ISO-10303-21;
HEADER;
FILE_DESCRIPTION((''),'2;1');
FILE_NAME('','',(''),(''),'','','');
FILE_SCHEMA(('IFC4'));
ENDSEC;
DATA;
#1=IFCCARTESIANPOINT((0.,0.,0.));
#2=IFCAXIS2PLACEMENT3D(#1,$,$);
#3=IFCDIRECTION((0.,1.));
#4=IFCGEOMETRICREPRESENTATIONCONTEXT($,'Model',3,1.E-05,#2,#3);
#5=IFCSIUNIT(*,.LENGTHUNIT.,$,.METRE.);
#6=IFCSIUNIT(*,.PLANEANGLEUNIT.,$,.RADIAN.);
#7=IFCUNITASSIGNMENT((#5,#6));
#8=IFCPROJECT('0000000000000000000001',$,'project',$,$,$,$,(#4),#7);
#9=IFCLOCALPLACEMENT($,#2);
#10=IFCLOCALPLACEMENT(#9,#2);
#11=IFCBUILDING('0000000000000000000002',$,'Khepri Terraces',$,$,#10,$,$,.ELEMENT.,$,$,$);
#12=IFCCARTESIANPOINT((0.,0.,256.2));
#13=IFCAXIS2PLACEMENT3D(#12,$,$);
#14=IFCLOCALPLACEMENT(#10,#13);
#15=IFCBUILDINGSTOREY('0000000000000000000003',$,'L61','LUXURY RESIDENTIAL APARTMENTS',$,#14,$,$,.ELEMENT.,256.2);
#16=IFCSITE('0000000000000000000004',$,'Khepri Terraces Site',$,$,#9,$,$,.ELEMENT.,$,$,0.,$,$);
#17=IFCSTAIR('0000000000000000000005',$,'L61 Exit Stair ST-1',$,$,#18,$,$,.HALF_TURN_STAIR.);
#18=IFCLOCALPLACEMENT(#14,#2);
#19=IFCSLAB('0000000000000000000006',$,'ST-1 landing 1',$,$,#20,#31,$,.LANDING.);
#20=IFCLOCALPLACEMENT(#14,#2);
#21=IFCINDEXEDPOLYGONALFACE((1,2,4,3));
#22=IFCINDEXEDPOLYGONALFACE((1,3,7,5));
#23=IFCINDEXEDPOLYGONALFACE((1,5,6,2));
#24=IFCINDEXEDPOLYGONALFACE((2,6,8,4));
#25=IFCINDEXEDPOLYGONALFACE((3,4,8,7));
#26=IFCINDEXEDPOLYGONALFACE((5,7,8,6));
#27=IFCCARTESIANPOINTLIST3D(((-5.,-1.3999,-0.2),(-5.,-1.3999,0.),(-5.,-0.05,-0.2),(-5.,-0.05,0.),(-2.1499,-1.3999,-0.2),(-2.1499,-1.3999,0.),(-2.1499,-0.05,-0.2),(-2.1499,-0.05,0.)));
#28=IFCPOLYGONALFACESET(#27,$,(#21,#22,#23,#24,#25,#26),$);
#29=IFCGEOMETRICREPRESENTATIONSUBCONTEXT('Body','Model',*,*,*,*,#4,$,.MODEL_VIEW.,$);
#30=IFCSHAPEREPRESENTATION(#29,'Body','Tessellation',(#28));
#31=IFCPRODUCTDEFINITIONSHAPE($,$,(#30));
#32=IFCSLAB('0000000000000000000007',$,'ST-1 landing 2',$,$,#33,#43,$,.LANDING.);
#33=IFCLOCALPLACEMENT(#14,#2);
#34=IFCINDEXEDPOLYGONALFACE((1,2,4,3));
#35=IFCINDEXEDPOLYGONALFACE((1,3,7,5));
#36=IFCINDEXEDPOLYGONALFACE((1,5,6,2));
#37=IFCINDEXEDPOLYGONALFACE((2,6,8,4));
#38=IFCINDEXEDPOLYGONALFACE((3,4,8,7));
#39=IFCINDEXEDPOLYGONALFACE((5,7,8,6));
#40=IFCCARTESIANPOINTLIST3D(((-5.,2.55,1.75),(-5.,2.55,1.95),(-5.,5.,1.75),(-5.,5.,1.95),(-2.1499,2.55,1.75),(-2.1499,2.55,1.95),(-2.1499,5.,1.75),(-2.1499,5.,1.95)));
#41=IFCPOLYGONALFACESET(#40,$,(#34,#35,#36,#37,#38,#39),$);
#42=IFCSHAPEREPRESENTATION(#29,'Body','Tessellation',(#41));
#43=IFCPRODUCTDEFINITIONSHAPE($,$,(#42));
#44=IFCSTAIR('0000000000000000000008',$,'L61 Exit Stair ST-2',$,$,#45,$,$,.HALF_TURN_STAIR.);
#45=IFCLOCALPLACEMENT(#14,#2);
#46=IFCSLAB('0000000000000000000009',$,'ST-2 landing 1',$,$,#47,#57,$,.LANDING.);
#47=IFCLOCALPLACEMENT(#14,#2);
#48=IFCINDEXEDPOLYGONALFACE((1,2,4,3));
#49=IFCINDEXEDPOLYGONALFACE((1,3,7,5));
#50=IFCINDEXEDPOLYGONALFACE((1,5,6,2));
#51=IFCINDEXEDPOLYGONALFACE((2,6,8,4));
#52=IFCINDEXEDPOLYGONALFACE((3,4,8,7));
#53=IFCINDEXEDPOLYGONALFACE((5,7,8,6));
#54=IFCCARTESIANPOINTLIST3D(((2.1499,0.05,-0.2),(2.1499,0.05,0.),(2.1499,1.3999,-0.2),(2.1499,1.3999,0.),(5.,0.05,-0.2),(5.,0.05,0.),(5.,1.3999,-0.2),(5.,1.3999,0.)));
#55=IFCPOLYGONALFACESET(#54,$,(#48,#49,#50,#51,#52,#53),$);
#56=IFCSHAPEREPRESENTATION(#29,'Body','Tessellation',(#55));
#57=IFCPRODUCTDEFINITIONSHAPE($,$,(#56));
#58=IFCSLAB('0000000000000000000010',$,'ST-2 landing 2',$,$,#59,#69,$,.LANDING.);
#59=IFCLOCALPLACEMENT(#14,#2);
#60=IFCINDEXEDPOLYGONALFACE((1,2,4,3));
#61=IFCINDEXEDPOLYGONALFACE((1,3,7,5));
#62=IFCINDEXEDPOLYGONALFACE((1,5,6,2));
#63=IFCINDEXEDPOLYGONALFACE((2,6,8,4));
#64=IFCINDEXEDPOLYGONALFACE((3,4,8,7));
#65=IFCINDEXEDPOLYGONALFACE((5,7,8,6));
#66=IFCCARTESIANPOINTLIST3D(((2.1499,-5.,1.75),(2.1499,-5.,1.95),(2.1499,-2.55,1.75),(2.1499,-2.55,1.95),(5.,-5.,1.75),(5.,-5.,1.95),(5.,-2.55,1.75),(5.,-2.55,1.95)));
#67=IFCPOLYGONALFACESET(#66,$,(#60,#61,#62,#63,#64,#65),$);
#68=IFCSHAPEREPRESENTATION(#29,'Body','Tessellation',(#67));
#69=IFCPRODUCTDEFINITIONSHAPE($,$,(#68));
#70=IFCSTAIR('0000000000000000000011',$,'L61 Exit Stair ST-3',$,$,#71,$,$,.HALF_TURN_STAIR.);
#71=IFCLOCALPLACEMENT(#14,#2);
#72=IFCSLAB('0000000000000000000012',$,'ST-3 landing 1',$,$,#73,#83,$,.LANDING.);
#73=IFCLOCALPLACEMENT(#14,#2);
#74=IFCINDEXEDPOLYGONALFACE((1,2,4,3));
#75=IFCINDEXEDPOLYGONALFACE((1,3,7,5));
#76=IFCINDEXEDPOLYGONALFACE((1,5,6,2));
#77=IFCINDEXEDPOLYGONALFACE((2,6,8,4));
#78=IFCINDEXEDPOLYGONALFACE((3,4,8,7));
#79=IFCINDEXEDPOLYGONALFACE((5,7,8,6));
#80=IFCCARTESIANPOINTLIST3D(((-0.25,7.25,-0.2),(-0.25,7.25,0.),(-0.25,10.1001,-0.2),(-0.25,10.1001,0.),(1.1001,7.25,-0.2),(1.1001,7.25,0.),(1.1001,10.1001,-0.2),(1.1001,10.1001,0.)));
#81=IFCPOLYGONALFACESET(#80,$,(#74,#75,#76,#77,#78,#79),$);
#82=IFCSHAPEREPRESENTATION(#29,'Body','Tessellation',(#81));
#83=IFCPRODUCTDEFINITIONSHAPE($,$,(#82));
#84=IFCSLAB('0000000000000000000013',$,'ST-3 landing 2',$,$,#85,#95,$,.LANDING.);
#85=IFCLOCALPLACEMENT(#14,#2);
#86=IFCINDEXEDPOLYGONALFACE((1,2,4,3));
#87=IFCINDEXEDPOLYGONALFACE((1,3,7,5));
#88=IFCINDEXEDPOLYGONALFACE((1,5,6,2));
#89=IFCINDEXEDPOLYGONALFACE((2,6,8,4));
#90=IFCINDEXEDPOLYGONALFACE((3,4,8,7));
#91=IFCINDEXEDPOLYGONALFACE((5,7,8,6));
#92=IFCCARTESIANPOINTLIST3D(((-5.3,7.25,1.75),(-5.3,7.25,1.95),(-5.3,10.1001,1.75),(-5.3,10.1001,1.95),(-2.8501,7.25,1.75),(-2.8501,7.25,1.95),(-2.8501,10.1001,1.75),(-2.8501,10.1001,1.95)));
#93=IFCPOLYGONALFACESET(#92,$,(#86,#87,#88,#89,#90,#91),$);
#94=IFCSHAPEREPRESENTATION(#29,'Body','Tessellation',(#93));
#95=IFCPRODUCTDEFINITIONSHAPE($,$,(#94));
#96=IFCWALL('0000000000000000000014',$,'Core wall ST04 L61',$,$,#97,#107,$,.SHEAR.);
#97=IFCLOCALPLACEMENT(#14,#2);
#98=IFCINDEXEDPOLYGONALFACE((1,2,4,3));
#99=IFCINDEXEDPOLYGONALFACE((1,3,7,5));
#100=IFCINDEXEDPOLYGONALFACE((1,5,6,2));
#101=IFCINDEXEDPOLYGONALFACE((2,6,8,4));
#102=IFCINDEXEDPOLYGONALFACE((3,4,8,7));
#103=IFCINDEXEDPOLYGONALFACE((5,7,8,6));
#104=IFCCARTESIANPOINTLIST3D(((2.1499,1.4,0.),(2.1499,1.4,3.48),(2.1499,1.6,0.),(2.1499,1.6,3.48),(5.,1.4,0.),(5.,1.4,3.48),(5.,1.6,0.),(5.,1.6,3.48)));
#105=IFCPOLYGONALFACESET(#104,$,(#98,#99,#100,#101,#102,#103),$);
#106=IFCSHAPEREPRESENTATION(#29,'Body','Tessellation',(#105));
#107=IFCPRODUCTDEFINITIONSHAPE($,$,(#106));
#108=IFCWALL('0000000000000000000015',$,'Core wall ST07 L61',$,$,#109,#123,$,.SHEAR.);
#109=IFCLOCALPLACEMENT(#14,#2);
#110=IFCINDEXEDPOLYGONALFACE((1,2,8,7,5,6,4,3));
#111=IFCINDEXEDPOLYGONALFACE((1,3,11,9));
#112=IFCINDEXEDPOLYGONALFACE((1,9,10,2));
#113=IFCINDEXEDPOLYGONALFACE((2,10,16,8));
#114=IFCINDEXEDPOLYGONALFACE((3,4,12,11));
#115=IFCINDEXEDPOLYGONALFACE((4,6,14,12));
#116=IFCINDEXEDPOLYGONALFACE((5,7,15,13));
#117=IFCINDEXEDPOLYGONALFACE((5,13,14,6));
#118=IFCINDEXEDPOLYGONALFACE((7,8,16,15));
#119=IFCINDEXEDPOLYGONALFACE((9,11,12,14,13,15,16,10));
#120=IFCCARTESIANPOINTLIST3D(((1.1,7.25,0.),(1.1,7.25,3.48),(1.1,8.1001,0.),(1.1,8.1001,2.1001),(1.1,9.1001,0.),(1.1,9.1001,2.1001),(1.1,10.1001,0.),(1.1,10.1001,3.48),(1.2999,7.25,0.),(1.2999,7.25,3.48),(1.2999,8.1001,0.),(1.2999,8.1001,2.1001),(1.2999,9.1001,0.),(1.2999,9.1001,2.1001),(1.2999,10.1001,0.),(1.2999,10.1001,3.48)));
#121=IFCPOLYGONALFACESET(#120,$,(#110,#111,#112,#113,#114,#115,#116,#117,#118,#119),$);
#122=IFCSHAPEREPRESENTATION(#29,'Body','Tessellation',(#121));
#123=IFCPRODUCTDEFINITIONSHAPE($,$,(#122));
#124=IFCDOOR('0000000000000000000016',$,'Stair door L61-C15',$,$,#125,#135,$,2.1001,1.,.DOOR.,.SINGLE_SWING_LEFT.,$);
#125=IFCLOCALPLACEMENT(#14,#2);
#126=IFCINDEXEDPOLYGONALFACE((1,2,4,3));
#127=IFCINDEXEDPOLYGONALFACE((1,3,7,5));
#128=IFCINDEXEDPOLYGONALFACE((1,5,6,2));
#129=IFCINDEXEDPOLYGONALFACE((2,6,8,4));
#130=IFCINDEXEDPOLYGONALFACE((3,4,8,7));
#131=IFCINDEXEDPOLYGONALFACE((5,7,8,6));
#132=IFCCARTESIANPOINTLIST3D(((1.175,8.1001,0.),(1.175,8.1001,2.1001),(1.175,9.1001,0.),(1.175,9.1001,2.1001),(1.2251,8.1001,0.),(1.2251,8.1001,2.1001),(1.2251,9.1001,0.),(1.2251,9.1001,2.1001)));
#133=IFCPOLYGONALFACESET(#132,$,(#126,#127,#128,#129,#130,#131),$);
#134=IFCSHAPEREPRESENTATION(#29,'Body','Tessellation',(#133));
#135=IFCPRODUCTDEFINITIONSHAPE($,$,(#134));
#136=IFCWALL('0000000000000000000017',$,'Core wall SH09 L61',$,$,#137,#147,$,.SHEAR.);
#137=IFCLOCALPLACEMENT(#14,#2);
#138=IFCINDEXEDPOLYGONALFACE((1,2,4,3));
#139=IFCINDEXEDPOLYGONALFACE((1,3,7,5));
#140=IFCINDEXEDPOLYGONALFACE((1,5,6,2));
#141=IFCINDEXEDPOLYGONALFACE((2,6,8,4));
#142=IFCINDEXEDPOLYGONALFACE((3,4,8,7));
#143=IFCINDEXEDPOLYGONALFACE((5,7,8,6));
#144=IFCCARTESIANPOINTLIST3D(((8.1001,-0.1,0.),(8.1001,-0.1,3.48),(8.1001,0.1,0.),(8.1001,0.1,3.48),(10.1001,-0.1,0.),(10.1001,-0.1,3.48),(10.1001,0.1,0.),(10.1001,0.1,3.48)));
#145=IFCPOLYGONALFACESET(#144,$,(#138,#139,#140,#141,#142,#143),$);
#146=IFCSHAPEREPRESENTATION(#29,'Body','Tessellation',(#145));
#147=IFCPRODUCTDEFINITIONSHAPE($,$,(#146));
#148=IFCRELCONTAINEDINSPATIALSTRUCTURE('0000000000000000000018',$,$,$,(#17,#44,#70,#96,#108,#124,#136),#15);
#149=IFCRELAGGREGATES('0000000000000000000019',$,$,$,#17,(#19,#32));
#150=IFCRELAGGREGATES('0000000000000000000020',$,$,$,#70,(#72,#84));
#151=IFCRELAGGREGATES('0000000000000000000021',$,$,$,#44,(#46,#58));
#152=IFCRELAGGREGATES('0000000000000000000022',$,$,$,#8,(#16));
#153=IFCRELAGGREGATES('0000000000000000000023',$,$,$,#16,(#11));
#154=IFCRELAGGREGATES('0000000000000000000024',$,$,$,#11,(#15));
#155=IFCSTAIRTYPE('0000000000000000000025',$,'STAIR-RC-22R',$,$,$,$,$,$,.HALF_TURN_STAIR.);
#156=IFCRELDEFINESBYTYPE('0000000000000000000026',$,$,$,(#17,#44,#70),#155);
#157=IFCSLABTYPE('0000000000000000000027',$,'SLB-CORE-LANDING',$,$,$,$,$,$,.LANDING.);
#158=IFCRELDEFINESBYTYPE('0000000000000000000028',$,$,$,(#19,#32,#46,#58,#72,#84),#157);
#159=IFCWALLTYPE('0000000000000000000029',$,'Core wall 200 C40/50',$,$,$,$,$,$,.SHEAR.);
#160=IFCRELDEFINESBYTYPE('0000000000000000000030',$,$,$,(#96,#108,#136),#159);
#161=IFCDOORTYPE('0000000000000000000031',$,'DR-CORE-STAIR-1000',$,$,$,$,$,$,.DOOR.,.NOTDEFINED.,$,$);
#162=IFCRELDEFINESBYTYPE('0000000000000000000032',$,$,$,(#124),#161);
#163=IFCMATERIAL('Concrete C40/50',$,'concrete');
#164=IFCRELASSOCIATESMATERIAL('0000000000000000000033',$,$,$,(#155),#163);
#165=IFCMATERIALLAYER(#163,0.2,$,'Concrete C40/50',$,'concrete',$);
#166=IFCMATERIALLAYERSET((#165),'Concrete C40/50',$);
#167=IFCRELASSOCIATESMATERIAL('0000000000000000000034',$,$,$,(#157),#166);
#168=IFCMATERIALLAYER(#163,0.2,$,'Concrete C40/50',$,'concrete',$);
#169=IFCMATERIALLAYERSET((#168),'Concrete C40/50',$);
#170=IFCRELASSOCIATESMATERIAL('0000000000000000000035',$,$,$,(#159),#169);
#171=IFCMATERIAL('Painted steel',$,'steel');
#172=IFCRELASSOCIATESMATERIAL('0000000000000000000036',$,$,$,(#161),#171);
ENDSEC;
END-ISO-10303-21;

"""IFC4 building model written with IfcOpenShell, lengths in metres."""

from ifc_helpers import new_model, si_unit, direction, frame, frame_2d, origin, place, context, subcontext, project, spatial, polyline, rectangle, outline, extrude, material, layer, layer_set, type_object, element, fill, aggregate, save


model = new_model("IFC4")

# Units and contexts
model_context = context("Model", 3, precision=1e-05, world=origin(), true_north=direction((0.0, 1.0)))
body_context = subcontext(model_context, "Body", "Model", "MODEL_VIEW")
ifc_project = project(units=[si_unit("LENGTHUNIT", "METRE"), si_unit("PLANEANGLEUNIT", "RADIAN")], contexts=[model_context])

# Site, building, storey
site_placement = place(None, origin())
site = spatial("IfcSite", under=ifc_project, at=site_placement, Name="Khepri Terraces Site", CompositionType="ELEMENT", RefElevation=0.0)
building_placement = place(site_placement, origin())
building = spatial("IfcBuilding", under=site, at=building_placement, Name="Khepri Terraces", CompositionType="ELEMENT")
storey_placement = place(building_placement, frame((0.0, 0.0, 256.2)))
storey = spatial("IfcBuildingStorey", under=building, at=storey_placement, Name="L61", Description="LUXURY RESIDENTIAL APARTMENTS", CompositionType="ELEMENT", Elevation=256.2)

# Stairs, slabs
ifc_material_1 = material(Name="Concrete C40/50", Category="concrete")
stair_type = type_object("IfcStairType", Name="STAIR-RC-22R", PredefinedType="HALF_TURN_STAIR", material=ifc_material_1)
stair_1_placement = place(storey_placement, origin())
stair_1 = element("IfcStair", 1, at=stair_1_placement, inside=storey, type_object=stair_type, Name="L61 Exit Stair ST-1", PredefinedType="HALF_TURN_STAIR")
ifc_layer_1 = layer(ifc_material_1, 0.2, Name="Concrete C40/50", Category="concrete")
ifc_layer_set_1 = layer_set([ifc_layer_1], Name="Concrete C40/50")
slab_type = type_object("IfcSlabType", Name="SLB-CORE-LANDING", PredefinedType="LANDING", material=ifc_layer_set_1)
slab_1_placement = place(storey_placement, frame((0.0, 0.0, -0.2)))
slab_1 = element("IfcSlab", 2, at=slab_1_placement, type_object=slab_type, Name="ST-1 landing 1", PredefinedType="LANDING", context=body_context, shape_type="SweptSolid", body=[
    extrude(outline(polyline([(-2.1499, -1.3999), (-2.1499, -0.05), (-5.0, -0.05), (-5.0, -1.3999), (-2.1499, -1.3999)])), origin(), (0.0, 0.0, 1.0), 0.2),
])
slab_2_placement = place(storey_placement, frame((0.0, 0.0, 1.75)))
slab_2 = element("IfcSlab", 3, at=slab_2_placement, type_object=slab_type, Name="ST-1 landing 2", PredefinedType="LANDING", context=body_context, shape_type="SweptSolid", body=[
    extrude(outline(polyline([(-2.1499, 2.55), (-2.1499, 5.0), (-5.0, 5.0), (-5.0, 2.55), (-2.1499, 2.55)])), origin(), (0.0, 0.0, 1.0), 0.2),
])
aggregate(stair_1, [slab_1, slab_2])
stair_2_placement = place(storey_placement, origin())
stair_2 = element("IfcStair", 4, at=stair_2_placement, inside=storey, type_object=stair_type, Name="L61 Exit Stair ST-2", PredefinedType="HALF_TURN_STAIR")
slab_3_placement = place(storey_placement, frame((0.0, 0.0, -0.2)))
slab_3 = element("IfcSlab", 5, at=slab_3_placement, type_object=slab_type, Name="ST-2 landing 1", PredefinedType="LANDING", context=body_context, shape_type="SweptSolid", body=[
    extrude(outline(polyline([(2.1499, 1.3999), (2.1499, 0.05), (5.0, 0.05), (5.0, 1.3999), (2.1499, 1.3999)])), origin(), (0.0, 0.0, 1.0), 0.2),
])
slab_4_placement = place(storey_placement, frame((0.0, 0.0, 1.75)))
slab_4 = element("IfcSlab", 6, at=slab_4_placement, type_object=slab_type, Name="ST-2 landing 2", PredefinedType="LANDING", context=body_context, shape_type="SweptSolid", body=[
    extrude(outline(polyline([(2.1499, -2.55), (2.1499, -5.0), (5.0, -5.0), (5.0, -2.55), (2.1499, -2.55)])), origin(), (0.0, 0.0, 1.0), 0.2),
])
stair_3_placement = place(storey_placement, origin())
stair_3 = element("IfcStair", 7, at=stair_3_placement, inside=storey, type_object=stair_type, Name="L61 Exit Stair ST-3", PredefinedType="HALF_TURN_STAIR")
slab_5_placement = place(storey_placement, frame((0.0, 0.0, -0.2)))
slab_5 = element("IfcSlab", 8, at=slab_5_placement, type_object=slab_type, Name="ST-3 landing 1", PredefinedType="LANDING", context=body_context, shape_type="SweptSolid", body=[
    extrude(outline(polyline([(1.1001, 10.1001), (-0.25, 10.1001), (-0.25, 7.25), (1.1001, 7.25), (1.1001, 10.1001)])), origin(), (0.0, 0.0, 1.0), 0.2),
])
slab_6_placement = place(storey_placement, frame((0.0, 0.0, 1.75)))
slab_6 = element("IfcSlab", 9, at=slab_6_placement, type_object=slab_type, Name="ST-3 landing 2", PredefinedType="LANDING", context=body_context, shape_type="SweptSolid", body=[
    extrude(outline(polyline([(-2.8501, 10.1001), (-5.3, 10.1001), (-5.3, 7.25), (-2.8501, 7.25), (-2.8501, 10.1001)])), origin(), (0.0, 0.0, 1.0), 0.2),
])
aggregate(stair_3, [slab_5, slab_6])

# Wall
ifc_layer_2 = layer(ifc_material_1, 0.2, Name="Concrete C40/50", Category="concrete")
ifc_layer_set_2 = layer_set([ifc_layer_2], Name="Concrete C40/50")
wall_type_1 = type_object("IfcWallType", Name="Core wall 200 C40/50", PredefinedType="SHEAR", material=ifc_layer_set_2)
wall_1_placement = place(storey_placement, frame((2.1499, 1.5, 0.0), z_axis=(0.0, 0.0, 1.0), x_axis=(1.0, 0.0, 0.0)))
element("IfcWall", 10, at=wall_1_placement, inside=storey, type_object=wall_type_1, Name="Core wall ST04 L61", PredefinedType="SHEAR", context=body_context, shape_type="SweptSolid", body=[
    extrude(rectangle(XDim=2.8501, YDim=0.2, at=frame_2d((1.425, 0.0))), origin(), (0.0, 0.0, 1.0), 3.48),
])

# Wall, opening, door
wall_2_placement = place(storey_placement, frame((1.2, 7.25, 0.0), z_axis=(0.0, 0.0, 1.0), x_axis=(0.0, 1.0, 0.0)))
wall_2 = element("IfcWall", 11, at=wall_2_placement, inside=storey, type_object=wall_type_1, Name="Core wall ST07 L61", PredefinedType="SHEAR", context=body_context, shape_type="SweptSolid", body=[
    extrude(rectangle(XDim=2.8501, YDim=0.2, at=frame_2d((1.425, 0.0))), origin(), (0.0, 0.0, 1.0), 3.48),
])
opening_1_placement = place(wall_2_placement, frame((0.8501, 0.0, 0.0)))
opening_1 = element("IfcOpeningElement", 12, at=opening_1_placement, cuts=wall_2, PredefinedType="OPENING", context=body_context, shape_type="SweptSolid", body=[
    extrude(rectangle(XDim=1.0, YDim=2.1001, at=frame_2d((0.5, 1.05))), frame((0.0, 0.1099, 0.0), z_axis=(0.0, -1.0, 0.0), x_axis=(1.0, 0.0, 0.0)), (0.0, 0.0, 1.0), 0.22),
])
ifc_material_2 = material(Name="Painted steel", Category="steel")
door_type_1 = type_object("IfcDoorType", Name="DR-CORE-STAIR-1000", OperationType="NOTDEFINED", PredefinedType="DOOR", material=ifc_material_2)
door_1_placement = place(opening_1_placement, origin())
door_1 = element("IfcDoor", 13, at=door_1_placement, inside=storey, type_object=door_type_1, Name="Stair door L61-C15", OperationType="SINGLE_SWING_LEFT", OverallHeight=2.1001, OverallWidth=1.0, PredefinedType="DOOR", context=body_context, shape_type="SweptSolid", body=[
    extrude(rectangle(XDim=1.0, YDim=2.1001, at=frame_2d((0.5, 1.05))), frame((0.0, 0.0249, 0.0), z_axis=(0.0, -1.0, 0.0), x_axis=(1.0, 0.0, 0.0)), (0.0, 0.0, 1.0), 0.05),
])
fill(opening_1, door_1)

# Wall
wall_3_placement = place(storey_placement, frame((8.1001, 0.0, 0.0), z_axis=(0.0, 0.0, 1.0), x_axis=(1.0, 0.0, 0.0)))
element("IfcWall", 14, at=wall_3_placement, inside=storey, type_object=wall_type_1, Name="Core wall SH09 L61", PredefinedType="SHEAR", context=body_context, shape_type="SweptSolid", body=[
    extrude(rectangle(XDim=2.0, YDim=0.2, at=frame_2d((1.0, 0.0))), origin(), (0.0, 0.0, 1.0), 3.48),
])

aggregate(stair_2, [slab_3, slab_4])

save(model, "model.ifc")
